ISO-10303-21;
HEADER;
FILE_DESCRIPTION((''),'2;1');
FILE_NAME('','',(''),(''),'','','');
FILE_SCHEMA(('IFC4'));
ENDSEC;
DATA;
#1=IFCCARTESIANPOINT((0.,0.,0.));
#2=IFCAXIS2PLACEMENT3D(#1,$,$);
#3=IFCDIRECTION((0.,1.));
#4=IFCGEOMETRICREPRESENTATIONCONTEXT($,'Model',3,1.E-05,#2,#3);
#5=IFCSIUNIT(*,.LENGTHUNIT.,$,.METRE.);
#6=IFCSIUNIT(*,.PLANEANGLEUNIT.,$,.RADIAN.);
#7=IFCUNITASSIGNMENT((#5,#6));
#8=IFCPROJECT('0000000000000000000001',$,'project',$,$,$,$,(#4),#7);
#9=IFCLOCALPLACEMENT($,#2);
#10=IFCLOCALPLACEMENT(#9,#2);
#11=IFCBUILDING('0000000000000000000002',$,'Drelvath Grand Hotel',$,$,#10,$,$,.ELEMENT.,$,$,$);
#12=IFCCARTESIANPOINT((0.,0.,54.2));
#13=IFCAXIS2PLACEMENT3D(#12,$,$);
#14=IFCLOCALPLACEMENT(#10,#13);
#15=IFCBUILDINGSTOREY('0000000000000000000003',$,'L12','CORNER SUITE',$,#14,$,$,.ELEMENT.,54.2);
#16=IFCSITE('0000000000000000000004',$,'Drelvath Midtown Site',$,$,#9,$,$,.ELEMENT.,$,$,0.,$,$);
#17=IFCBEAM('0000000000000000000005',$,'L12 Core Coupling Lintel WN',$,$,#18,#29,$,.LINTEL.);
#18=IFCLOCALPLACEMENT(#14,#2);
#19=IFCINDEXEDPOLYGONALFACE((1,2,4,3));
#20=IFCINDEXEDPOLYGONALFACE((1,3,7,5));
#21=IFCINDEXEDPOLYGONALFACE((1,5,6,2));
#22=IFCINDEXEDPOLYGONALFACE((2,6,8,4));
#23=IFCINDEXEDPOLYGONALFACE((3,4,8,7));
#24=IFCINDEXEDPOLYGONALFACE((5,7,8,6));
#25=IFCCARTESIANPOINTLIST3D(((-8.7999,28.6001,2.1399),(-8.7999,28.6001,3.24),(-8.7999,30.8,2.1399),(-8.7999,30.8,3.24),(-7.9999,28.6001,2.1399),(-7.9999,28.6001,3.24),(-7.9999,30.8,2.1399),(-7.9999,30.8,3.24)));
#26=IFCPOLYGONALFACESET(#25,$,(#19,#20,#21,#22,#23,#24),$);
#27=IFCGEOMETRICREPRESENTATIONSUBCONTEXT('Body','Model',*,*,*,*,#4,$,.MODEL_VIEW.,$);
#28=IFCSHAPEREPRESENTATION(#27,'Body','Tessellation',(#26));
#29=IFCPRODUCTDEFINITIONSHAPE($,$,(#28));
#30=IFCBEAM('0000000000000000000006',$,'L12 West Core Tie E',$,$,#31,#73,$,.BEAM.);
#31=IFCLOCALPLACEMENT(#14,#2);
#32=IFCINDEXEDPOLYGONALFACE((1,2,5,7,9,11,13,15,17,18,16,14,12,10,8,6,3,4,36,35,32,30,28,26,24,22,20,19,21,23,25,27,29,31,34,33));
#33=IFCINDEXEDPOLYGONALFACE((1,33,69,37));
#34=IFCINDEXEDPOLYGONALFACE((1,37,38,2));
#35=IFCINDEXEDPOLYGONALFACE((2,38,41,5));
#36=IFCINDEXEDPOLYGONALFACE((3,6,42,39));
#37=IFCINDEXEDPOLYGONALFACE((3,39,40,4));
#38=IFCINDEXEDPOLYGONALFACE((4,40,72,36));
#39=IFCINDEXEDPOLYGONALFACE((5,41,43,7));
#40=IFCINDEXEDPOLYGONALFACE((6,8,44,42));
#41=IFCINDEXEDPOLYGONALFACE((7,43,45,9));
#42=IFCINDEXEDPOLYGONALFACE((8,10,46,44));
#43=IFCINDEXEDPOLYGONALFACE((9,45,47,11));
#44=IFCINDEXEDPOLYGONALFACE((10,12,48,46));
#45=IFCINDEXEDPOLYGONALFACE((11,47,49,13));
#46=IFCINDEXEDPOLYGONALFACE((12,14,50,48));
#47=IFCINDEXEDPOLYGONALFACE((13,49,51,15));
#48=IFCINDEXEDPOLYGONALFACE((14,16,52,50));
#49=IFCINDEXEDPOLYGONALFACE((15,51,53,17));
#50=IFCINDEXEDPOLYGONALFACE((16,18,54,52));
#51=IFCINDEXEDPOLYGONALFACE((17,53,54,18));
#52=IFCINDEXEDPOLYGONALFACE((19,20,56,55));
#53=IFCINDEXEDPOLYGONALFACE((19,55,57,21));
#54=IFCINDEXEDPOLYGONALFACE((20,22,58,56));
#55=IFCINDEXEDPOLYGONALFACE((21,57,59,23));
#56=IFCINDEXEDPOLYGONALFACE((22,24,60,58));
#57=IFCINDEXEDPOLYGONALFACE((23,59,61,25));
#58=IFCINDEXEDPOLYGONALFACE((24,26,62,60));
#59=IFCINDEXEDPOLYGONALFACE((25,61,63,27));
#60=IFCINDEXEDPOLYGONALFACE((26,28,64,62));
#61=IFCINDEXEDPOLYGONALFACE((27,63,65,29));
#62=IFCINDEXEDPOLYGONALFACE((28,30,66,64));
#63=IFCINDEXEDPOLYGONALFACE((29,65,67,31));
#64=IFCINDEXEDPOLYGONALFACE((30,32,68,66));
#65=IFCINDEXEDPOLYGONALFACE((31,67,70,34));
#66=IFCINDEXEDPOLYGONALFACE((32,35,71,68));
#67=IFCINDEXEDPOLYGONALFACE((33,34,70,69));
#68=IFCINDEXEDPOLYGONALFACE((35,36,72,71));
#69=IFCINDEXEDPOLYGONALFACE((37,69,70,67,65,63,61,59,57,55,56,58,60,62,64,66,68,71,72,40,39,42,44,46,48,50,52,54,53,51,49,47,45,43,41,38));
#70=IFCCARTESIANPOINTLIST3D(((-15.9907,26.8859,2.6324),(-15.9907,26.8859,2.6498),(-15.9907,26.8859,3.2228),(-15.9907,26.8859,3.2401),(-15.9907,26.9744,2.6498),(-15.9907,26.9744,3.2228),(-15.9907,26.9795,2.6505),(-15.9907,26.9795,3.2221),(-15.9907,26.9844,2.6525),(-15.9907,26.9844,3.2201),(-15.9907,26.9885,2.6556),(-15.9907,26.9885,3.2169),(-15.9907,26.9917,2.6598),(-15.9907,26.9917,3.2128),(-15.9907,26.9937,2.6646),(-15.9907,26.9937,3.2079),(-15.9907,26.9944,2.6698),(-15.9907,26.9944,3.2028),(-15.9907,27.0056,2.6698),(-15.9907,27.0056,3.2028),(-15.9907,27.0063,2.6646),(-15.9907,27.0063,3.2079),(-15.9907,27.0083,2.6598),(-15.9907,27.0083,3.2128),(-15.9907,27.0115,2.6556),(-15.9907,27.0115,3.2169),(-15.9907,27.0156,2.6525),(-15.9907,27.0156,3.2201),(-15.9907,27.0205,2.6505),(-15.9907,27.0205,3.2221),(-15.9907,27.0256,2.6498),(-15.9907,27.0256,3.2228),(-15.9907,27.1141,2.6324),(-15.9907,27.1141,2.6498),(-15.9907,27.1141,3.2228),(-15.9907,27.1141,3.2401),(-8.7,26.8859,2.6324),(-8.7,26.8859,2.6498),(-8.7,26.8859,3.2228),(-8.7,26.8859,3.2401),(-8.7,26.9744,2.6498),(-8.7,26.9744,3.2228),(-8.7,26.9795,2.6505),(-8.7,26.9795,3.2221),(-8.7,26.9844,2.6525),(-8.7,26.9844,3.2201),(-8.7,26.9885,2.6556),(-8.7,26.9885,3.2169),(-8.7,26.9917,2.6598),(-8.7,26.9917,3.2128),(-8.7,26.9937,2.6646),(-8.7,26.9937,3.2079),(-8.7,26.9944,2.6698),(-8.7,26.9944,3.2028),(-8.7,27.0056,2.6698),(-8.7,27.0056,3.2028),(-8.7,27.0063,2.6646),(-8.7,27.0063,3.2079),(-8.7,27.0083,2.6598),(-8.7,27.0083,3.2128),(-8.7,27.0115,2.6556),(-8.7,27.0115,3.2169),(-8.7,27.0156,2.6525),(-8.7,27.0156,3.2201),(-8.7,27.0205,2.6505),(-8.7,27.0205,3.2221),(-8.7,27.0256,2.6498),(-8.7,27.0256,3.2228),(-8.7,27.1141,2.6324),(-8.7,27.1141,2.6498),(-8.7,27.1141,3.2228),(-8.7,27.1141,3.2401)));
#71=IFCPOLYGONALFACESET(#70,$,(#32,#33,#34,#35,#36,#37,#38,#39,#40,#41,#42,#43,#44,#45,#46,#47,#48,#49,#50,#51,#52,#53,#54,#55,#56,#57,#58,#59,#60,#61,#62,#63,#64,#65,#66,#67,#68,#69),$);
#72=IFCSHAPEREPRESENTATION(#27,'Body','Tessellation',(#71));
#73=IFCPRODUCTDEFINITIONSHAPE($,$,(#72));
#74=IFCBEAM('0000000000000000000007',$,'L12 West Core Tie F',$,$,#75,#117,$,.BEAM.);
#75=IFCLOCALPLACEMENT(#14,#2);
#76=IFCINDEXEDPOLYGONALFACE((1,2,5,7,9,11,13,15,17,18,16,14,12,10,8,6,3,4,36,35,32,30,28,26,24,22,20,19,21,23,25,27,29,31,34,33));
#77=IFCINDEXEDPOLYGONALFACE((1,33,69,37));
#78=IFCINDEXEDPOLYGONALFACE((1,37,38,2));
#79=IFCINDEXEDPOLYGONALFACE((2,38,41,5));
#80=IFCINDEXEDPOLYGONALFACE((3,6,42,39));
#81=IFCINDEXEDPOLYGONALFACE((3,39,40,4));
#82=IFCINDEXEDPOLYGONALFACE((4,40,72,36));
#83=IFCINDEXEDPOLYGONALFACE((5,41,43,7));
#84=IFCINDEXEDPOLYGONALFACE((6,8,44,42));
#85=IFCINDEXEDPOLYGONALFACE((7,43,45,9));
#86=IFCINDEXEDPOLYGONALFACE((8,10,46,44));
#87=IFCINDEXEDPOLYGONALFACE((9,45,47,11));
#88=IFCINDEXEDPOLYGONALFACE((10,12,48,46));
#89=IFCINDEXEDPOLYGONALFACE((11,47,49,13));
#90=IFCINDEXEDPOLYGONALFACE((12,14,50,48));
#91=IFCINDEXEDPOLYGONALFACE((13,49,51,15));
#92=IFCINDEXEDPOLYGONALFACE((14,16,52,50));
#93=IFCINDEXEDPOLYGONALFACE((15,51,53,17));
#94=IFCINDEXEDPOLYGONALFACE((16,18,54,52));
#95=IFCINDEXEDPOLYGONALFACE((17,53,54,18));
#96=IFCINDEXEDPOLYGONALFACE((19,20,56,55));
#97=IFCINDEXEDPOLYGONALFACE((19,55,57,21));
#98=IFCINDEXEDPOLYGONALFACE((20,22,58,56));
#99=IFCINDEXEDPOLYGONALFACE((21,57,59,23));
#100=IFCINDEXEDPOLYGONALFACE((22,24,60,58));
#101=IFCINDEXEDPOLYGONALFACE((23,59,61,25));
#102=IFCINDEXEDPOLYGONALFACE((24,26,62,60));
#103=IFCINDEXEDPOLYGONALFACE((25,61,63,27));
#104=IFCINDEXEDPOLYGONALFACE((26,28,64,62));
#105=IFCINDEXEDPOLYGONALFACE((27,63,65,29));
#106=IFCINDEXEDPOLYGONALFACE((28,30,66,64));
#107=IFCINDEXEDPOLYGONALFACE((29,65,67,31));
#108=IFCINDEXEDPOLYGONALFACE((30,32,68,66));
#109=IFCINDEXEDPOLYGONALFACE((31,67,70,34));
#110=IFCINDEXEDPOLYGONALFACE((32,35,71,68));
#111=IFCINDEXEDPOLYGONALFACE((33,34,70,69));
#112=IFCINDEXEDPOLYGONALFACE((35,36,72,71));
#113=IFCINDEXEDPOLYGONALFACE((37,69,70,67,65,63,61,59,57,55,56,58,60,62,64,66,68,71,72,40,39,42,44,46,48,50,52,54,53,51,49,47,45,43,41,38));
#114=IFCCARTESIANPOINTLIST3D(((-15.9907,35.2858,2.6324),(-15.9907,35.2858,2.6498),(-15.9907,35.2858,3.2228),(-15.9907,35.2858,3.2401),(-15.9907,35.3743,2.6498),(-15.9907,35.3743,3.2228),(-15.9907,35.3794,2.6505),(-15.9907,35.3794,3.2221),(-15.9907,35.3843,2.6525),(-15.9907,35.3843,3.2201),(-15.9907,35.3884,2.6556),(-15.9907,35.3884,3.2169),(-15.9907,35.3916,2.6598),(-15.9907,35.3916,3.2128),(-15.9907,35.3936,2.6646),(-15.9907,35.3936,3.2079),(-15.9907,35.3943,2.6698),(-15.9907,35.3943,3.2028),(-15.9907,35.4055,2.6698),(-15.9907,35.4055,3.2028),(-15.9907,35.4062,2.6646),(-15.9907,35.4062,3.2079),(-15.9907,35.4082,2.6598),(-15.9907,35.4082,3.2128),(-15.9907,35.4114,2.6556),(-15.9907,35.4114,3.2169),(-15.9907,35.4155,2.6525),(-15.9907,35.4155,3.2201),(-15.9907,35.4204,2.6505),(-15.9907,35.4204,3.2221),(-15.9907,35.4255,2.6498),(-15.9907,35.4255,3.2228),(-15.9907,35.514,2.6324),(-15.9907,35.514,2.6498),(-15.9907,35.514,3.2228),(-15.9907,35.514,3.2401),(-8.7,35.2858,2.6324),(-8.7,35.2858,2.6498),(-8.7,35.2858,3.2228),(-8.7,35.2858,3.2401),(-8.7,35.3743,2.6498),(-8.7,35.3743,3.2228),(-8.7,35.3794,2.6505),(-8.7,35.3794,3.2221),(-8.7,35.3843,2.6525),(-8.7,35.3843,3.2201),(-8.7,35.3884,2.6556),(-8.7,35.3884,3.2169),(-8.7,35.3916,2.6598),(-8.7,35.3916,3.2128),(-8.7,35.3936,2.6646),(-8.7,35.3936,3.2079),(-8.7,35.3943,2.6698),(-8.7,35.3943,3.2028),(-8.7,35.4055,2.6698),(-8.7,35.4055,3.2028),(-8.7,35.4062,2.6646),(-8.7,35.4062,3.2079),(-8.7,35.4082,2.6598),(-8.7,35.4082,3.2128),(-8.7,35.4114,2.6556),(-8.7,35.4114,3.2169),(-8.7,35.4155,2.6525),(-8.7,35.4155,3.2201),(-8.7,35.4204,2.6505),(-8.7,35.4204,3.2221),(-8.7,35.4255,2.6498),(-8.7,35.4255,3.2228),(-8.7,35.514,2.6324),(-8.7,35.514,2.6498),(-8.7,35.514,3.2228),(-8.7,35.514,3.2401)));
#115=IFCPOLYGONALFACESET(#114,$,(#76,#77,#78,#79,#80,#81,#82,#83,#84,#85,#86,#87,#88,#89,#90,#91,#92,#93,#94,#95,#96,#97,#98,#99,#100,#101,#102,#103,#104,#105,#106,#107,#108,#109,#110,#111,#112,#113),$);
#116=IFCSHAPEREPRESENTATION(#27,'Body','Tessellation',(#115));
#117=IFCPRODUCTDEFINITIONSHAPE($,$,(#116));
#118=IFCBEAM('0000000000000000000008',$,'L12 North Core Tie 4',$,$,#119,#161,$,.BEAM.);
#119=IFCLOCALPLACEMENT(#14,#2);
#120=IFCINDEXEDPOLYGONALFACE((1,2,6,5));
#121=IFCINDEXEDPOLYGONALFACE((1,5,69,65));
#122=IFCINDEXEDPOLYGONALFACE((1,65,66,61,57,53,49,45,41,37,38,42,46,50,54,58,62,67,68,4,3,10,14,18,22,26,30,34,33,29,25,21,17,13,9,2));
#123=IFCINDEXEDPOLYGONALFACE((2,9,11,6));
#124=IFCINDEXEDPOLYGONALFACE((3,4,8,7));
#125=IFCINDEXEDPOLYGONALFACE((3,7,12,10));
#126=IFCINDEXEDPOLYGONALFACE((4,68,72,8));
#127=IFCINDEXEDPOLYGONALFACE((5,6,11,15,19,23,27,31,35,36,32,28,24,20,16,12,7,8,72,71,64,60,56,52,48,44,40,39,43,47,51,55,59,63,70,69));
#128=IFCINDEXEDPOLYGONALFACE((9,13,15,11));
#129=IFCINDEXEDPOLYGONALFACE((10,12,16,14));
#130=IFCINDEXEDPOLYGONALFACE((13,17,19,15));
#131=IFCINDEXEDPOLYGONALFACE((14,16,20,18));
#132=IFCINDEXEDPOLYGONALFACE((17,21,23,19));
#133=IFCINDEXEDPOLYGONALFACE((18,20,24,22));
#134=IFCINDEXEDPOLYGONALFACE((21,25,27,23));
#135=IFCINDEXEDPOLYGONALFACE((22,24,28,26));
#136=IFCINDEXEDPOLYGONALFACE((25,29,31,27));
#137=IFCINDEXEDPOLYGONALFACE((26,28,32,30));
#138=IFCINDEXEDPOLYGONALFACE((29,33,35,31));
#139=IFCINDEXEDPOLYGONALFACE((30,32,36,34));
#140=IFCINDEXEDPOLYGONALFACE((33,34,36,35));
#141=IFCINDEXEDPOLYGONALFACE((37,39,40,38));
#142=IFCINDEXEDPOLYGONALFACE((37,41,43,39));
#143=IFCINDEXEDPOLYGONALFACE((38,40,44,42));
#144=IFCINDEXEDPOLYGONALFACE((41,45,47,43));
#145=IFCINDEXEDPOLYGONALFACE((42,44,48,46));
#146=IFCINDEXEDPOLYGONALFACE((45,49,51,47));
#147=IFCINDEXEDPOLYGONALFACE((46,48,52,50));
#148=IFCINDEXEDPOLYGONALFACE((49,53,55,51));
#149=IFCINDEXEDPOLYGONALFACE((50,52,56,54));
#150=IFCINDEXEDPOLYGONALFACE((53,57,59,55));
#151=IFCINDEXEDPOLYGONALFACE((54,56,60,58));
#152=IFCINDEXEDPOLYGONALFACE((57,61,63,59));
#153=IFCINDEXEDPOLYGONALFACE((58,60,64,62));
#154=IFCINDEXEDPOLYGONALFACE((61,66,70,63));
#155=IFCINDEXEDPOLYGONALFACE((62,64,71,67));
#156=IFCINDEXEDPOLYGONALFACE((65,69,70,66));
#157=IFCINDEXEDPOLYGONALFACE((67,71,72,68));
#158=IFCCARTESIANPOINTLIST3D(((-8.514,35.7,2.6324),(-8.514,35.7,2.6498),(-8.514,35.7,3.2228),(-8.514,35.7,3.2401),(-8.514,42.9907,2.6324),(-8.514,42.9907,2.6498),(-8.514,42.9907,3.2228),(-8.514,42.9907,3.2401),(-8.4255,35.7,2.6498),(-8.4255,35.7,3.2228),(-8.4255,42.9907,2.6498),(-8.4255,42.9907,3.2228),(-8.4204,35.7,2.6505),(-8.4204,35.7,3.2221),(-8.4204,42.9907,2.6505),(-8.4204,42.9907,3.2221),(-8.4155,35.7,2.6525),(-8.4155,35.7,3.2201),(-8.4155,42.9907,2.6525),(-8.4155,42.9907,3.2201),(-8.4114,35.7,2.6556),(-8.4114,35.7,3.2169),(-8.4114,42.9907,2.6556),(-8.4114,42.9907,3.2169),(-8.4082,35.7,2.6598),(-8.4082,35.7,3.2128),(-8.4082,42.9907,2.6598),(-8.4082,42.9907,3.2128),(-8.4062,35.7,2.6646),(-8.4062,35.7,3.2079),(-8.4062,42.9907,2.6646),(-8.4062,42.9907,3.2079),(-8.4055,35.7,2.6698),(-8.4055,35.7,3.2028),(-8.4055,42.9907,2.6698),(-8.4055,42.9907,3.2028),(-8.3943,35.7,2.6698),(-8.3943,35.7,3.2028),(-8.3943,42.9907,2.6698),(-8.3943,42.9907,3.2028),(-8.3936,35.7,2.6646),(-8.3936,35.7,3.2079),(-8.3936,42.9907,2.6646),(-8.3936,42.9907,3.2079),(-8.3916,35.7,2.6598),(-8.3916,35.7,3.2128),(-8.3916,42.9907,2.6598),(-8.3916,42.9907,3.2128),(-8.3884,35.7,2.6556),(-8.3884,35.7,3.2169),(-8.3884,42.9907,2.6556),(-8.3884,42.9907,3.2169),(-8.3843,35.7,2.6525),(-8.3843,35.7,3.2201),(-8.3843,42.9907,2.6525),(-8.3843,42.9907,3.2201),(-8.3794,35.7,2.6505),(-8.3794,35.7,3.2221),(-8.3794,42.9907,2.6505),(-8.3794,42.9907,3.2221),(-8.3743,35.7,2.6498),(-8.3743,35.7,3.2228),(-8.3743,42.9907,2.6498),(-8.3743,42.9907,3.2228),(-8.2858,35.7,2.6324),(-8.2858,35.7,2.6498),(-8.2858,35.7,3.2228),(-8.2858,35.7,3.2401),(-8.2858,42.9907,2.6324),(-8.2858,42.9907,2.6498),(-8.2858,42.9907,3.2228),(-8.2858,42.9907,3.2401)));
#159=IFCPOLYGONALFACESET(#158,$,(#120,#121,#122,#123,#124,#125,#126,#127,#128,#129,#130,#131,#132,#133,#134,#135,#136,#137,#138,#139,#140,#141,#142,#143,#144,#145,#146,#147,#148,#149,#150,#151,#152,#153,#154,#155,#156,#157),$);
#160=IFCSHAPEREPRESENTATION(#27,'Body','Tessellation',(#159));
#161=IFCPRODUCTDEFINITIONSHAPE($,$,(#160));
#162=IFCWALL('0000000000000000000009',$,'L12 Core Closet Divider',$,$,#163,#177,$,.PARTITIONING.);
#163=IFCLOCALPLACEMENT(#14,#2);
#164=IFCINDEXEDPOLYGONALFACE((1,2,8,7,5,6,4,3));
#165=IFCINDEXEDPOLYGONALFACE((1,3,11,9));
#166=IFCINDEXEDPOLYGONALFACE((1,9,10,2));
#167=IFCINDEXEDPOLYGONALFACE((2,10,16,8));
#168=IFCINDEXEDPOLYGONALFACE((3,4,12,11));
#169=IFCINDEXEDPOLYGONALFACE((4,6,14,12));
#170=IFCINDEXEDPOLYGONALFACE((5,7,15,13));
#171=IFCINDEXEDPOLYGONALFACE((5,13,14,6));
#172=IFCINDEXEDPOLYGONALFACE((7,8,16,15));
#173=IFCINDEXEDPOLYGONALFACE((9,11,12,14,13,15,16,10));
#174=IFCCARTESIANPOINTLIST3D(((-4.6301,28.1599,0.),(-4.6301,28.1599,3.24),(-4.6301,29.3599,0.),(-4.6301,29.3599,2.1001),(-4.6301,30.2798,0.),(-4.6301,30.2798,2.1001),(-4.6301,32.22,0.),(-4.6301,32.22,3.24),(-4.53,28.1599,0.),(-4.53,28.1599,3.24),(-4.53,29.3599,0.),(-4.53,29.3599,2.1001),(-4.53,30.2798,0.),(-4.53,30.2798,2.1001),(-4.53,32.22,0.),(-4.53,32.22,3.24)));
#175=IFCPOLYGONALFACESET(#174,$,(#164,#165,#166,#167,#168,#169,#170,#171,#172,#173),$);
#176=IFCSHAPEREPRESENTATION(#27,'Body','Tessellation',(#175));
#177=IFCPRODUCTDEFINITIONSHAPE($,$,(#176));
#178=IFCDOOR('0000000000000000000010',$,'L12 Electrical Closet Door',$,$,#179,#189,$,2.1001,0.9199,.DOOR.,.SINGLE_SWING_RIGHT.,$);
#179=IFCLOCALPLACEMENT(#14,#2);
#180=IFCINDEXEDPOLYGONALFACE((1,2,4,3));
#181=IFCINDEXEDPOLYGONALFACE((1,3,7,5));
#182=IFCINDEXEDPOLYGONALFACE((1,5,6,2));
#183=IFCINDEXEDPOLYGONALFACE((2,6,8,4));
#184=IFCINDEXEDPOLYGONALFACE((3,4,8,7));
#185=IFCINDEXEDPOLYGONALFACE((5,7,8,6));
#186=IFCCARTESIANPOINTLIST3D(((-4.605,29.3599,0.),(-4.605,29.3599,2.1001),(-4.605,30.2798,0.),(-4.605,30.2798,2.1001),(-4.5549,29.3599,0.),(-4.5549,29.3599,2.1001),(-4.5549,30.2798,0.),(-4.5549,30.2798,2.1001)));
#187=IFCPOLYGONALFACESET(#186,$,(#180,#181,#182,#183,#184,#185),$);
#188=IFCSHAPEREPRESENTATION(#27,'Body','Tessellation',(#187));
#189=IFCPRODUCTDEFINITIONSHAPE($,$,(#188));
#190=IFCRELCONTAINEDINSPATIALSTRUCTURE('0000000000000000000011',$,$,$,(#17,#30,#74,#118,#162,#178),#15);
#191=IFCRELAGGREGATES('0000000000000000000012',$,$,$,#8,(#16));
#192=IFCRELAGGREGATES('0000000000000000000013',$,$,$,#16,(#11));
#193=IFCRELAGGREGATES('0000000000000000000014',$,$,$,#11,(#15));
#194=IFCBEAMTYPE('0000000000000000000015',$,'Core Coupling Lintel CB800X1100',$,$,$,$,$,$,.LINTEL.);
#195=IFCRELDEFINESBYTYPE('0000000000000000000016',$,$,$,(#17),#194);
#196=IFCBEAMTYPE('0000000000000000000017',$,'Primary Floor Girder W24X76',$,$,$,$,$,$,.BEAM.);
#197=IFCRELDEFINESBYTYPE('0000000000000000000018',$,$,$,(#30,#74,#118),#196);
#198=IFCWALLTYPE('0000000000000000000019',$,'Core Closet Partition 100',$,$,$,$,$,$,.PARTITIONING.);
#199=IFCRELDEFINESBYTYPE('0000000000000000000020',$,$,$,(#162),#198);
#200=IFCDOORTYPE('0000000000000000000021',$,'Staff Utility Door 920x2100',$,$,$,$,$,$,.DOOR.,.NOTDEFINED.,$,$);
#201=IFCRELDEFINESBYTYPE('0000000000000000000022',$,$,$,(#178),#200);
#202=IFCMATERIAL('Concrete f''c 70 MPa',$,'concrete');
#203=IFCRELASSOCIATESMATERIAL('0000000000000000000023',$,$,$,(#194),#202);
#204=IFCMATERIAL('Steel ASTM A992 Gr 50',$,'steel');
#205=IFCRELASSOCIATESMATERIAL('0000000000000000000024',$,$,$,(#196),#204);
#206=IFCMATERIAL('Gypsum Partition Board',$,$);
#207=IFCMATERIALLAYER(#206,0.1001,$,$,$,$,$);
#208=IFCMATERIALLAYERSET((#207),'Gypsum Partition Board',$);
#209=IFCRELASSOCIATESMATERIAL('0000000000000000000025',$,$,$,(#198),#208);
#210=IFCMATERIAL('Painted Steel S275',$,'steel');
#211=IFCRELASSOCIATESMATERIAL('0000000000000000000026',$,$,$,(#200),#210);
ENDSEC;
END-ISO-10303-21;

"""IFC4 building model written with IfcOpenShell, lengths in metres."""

from ifc_helpers import new_model, si_unit, direction, frame, frame_2d, origin, origin_2d, place, context, subcontext, project, spatial, rectangle, i_section, extrude, material, layer, layer_set, material_profile, profile_set, type_object, element, fill, save


model = new_model("IFC4")

# Units and contexts
model_context = context("Model", 3, precision=1e-05, world=origin(), true_north=direction((0.0, 1.0)))
body_context = subcontext(model_context, "Body", "Model", "MODEL_VIEW")
ifc_project = project(units=[si_unit("LENGTHUNIT", "METRE"), si_unit("PLANEANGLEUNIT", "RADIAN")], contexts=[model_context])

# Site, building, storey
site_placement = place(None, origin())
site = spatial("IfcSite", under=ifc_project, at=site_placement, Name="Drelvath Midtown Site", CompositionType="ELEMENT", RefElevation=0.0)
building_placement = place(site_placement, origin())
building = spatial("IfcBuilding", under=site, at=building_placement, Name="Drelvath Grand Hotel", CompositionType="ELEMENT")
storey_placement = place(building_placement, frame((0.0, 0.0, 54.2)))
storey = spatial("IfcBuildingStorey", under=building, at=storey_placement, Name="L12", Description="CORNER SUITE", CompositionType="ELEMENT", Elevation=54.2)

# Beams
ifc_material_1 = material(Name="Concrete f'c 70 MPa", Category="concrete")
ifc_material_profile_1 = material_profile(ifc_material_1, rectangle(XDim=0.8, YDim=1.1001, at=origin_2d()), Name="CB800X1100")
ifc_profile_set_1 = profile_set([ifc_material_profile_1], Name="Concrete f'c 70 MPa")
beam_type_1 = type_object("IfcBeamType", Name="Core Coupling Lintel CB800X1100", PredefinedType="LINTEL", material=ifc_profile_set_1)
beam_placement = place(storey_placement, frame((-8.3999, 28.6001, 2.6899), z_axis=(0.0, 1.0, 0.0), x_axis=(-1.0, 0.0, 0.0)))
element("IfcBeam", 1, at=beam_placement, inside=storey, type_object=beam_type_1, Name="L12 Core Coupling Lintel WN", PredefinedType="LINTEL", context=body_context, shape_type="SweptSolid", body=[
    extrude(rectangle(XDim=0.8, YDim=1.1001, at=origin_2d()), origin(), (0.0, 0.0, 1.0), 2.2),
])
ifc_material_2 = material(Name="Steel ASTM A992 Gr 50", Category="steel")
ifc_material_profile_2 = material_profile(ifc_material_2, i_section(OverallWidth=0.2283, OverallDepth=0.6077, WebThickness=0.0112, FlangeThickness=0.0173, FilletRadius=0.02, at=origin_2d()), Name="W24X76")
ifc_profile_set_2 = profile_set([ifc_material_profile_2], Name="Steel ASTM A992 Gr 50")
beam_type_2 = type_object("IfcBeamType", Name="Primary Floor Girder W24X76", PredefinedType="BEAM", material=ifc_profile_set_2)
for number, where, z_axis, x_axis, name in (
    (2, (-15.9907, 27.0, 2.9363), (1.0, 0.0, 0.0), (0.0, 1.0, 0.0), "L12 West Core Tie E"),
    (3, (-15.9907, 35.3999, 2.9363), (1.0, 0.0, 0.0), (0.0, 1.0, 0.0), "L12 West Core Tie F"),
    (4, (-8.3999, 35.7, 2.9363), (0.0, 1.0, 0.0), (-1.0, 0.0, 0.0), "L12 North Core Tie 4"),
):
    element("IfcBeam", number, at=place(storey_placement, frame(where, z_axis=z_axis, x_axis=x_axis)), inside=storey, type_object=beam_type_2, Name=name, PredefinedType="BEAM", context=body_context, shape_type="SweptSolid", body=[
        extrude(i_section(OverallWidth=0.2283, OverallDepth=0.6077, WebThickness=0.0112, FlangeThickness=0.0173, FilletRadius=0.02, at=origin_2d()), origin(), (0.0, 0.0, 1.0), 7.2908),
    ])

# Wall, opening, door
ifc_material_3 = material(Name="Gypsum Partition Board")
ifc_layer_1 = layer(ifc_material_3, 0.1001)
ifc_layer_set_1 = layer_set([ifc_layer_1], Name="Gypsum Partition Board")
wall_type_1 = type_object("IfcWallType", Name="Core Closet Partition 100", PredefinedType="PARTITIONING", material=ifc_layer_set_1)
wall_1_placement = place(storey_placement, frame((-4.5801, 28.1599, 0.0), z_axis=(0.0, 0.0, 1.0), x_axis=(0.0, 1.0, 0.0)))
wall_1 = element("IfcWall", 5, at=wall_1_placement, inside=storey, type_object=wall_type_1, Name="L12 Core Closet Divider", PredefinedType="PARTITIONING", context=body_context, shape_type="SweptSolid", body=[
    extrude(rectangle(XDim=4.0601, YDim=0.1001, at=frame_2d((2.03, 0.0))), origin(), (0.0, 0.0, 1.0), 3.24),
])
opening_1_placement = place(wall_1_placement, frame((1.2, 0.0, 0.0)))
opening_1 = element("IfcOpeningElement", 6, at=opening_1_placement, cuts=wall_1, PredefinedType="OPENING", context=body_context, shape_type="SweptSolid", body=[
    extrude(rectangle(XDim=0.9199, YDim=2.1001, at=frame_2d((0.46, 1.05))), frame((0.0, 0.0601, 0.0), z_axis=(0.0, -1.0, 0.0), x_axis=(1.0, 0.0, 0.0)), (0.0, 0.0, 1.0), 0.1201),
])
ifc_material_4 = material(Name="Painted Steel S275", Category="steel")
door_type_1 = type_object("IfcDoorType", Name="Staff Utility Door 920x2100", OperationType="NOTDEFINED", PredefinedType="DOOR", material=ifc_material_4)
door_1_placement = place(opening_1_placement, origin())
door_1 = element("IfcDoor", 7, at=door_1_placement, inside=storey, type_object=door_type_1, Name="L12 Electrical Closet Door", OperationType="SINGLE_SWING_RIGHT", OverallHeight=2.1001, OverallWidth=0.9199, PredefinedType="DOOR", context=body_context, shape_type="SweptSolid", body=[
    extrude(rectangle(XDim=0.9199, YDim=2.1001, at=frame_2d((0.46, 1.05))), frame((0.0, 0.0249, 0.0), z_axis=(0.0, -1.0, 0.0), x_axis=(1.0, 0.0, 0.0)), (0.0, 0.0, 1.0), 0.05),
])
fill(opening_1, door_1)

save(model, "model.ifc")
